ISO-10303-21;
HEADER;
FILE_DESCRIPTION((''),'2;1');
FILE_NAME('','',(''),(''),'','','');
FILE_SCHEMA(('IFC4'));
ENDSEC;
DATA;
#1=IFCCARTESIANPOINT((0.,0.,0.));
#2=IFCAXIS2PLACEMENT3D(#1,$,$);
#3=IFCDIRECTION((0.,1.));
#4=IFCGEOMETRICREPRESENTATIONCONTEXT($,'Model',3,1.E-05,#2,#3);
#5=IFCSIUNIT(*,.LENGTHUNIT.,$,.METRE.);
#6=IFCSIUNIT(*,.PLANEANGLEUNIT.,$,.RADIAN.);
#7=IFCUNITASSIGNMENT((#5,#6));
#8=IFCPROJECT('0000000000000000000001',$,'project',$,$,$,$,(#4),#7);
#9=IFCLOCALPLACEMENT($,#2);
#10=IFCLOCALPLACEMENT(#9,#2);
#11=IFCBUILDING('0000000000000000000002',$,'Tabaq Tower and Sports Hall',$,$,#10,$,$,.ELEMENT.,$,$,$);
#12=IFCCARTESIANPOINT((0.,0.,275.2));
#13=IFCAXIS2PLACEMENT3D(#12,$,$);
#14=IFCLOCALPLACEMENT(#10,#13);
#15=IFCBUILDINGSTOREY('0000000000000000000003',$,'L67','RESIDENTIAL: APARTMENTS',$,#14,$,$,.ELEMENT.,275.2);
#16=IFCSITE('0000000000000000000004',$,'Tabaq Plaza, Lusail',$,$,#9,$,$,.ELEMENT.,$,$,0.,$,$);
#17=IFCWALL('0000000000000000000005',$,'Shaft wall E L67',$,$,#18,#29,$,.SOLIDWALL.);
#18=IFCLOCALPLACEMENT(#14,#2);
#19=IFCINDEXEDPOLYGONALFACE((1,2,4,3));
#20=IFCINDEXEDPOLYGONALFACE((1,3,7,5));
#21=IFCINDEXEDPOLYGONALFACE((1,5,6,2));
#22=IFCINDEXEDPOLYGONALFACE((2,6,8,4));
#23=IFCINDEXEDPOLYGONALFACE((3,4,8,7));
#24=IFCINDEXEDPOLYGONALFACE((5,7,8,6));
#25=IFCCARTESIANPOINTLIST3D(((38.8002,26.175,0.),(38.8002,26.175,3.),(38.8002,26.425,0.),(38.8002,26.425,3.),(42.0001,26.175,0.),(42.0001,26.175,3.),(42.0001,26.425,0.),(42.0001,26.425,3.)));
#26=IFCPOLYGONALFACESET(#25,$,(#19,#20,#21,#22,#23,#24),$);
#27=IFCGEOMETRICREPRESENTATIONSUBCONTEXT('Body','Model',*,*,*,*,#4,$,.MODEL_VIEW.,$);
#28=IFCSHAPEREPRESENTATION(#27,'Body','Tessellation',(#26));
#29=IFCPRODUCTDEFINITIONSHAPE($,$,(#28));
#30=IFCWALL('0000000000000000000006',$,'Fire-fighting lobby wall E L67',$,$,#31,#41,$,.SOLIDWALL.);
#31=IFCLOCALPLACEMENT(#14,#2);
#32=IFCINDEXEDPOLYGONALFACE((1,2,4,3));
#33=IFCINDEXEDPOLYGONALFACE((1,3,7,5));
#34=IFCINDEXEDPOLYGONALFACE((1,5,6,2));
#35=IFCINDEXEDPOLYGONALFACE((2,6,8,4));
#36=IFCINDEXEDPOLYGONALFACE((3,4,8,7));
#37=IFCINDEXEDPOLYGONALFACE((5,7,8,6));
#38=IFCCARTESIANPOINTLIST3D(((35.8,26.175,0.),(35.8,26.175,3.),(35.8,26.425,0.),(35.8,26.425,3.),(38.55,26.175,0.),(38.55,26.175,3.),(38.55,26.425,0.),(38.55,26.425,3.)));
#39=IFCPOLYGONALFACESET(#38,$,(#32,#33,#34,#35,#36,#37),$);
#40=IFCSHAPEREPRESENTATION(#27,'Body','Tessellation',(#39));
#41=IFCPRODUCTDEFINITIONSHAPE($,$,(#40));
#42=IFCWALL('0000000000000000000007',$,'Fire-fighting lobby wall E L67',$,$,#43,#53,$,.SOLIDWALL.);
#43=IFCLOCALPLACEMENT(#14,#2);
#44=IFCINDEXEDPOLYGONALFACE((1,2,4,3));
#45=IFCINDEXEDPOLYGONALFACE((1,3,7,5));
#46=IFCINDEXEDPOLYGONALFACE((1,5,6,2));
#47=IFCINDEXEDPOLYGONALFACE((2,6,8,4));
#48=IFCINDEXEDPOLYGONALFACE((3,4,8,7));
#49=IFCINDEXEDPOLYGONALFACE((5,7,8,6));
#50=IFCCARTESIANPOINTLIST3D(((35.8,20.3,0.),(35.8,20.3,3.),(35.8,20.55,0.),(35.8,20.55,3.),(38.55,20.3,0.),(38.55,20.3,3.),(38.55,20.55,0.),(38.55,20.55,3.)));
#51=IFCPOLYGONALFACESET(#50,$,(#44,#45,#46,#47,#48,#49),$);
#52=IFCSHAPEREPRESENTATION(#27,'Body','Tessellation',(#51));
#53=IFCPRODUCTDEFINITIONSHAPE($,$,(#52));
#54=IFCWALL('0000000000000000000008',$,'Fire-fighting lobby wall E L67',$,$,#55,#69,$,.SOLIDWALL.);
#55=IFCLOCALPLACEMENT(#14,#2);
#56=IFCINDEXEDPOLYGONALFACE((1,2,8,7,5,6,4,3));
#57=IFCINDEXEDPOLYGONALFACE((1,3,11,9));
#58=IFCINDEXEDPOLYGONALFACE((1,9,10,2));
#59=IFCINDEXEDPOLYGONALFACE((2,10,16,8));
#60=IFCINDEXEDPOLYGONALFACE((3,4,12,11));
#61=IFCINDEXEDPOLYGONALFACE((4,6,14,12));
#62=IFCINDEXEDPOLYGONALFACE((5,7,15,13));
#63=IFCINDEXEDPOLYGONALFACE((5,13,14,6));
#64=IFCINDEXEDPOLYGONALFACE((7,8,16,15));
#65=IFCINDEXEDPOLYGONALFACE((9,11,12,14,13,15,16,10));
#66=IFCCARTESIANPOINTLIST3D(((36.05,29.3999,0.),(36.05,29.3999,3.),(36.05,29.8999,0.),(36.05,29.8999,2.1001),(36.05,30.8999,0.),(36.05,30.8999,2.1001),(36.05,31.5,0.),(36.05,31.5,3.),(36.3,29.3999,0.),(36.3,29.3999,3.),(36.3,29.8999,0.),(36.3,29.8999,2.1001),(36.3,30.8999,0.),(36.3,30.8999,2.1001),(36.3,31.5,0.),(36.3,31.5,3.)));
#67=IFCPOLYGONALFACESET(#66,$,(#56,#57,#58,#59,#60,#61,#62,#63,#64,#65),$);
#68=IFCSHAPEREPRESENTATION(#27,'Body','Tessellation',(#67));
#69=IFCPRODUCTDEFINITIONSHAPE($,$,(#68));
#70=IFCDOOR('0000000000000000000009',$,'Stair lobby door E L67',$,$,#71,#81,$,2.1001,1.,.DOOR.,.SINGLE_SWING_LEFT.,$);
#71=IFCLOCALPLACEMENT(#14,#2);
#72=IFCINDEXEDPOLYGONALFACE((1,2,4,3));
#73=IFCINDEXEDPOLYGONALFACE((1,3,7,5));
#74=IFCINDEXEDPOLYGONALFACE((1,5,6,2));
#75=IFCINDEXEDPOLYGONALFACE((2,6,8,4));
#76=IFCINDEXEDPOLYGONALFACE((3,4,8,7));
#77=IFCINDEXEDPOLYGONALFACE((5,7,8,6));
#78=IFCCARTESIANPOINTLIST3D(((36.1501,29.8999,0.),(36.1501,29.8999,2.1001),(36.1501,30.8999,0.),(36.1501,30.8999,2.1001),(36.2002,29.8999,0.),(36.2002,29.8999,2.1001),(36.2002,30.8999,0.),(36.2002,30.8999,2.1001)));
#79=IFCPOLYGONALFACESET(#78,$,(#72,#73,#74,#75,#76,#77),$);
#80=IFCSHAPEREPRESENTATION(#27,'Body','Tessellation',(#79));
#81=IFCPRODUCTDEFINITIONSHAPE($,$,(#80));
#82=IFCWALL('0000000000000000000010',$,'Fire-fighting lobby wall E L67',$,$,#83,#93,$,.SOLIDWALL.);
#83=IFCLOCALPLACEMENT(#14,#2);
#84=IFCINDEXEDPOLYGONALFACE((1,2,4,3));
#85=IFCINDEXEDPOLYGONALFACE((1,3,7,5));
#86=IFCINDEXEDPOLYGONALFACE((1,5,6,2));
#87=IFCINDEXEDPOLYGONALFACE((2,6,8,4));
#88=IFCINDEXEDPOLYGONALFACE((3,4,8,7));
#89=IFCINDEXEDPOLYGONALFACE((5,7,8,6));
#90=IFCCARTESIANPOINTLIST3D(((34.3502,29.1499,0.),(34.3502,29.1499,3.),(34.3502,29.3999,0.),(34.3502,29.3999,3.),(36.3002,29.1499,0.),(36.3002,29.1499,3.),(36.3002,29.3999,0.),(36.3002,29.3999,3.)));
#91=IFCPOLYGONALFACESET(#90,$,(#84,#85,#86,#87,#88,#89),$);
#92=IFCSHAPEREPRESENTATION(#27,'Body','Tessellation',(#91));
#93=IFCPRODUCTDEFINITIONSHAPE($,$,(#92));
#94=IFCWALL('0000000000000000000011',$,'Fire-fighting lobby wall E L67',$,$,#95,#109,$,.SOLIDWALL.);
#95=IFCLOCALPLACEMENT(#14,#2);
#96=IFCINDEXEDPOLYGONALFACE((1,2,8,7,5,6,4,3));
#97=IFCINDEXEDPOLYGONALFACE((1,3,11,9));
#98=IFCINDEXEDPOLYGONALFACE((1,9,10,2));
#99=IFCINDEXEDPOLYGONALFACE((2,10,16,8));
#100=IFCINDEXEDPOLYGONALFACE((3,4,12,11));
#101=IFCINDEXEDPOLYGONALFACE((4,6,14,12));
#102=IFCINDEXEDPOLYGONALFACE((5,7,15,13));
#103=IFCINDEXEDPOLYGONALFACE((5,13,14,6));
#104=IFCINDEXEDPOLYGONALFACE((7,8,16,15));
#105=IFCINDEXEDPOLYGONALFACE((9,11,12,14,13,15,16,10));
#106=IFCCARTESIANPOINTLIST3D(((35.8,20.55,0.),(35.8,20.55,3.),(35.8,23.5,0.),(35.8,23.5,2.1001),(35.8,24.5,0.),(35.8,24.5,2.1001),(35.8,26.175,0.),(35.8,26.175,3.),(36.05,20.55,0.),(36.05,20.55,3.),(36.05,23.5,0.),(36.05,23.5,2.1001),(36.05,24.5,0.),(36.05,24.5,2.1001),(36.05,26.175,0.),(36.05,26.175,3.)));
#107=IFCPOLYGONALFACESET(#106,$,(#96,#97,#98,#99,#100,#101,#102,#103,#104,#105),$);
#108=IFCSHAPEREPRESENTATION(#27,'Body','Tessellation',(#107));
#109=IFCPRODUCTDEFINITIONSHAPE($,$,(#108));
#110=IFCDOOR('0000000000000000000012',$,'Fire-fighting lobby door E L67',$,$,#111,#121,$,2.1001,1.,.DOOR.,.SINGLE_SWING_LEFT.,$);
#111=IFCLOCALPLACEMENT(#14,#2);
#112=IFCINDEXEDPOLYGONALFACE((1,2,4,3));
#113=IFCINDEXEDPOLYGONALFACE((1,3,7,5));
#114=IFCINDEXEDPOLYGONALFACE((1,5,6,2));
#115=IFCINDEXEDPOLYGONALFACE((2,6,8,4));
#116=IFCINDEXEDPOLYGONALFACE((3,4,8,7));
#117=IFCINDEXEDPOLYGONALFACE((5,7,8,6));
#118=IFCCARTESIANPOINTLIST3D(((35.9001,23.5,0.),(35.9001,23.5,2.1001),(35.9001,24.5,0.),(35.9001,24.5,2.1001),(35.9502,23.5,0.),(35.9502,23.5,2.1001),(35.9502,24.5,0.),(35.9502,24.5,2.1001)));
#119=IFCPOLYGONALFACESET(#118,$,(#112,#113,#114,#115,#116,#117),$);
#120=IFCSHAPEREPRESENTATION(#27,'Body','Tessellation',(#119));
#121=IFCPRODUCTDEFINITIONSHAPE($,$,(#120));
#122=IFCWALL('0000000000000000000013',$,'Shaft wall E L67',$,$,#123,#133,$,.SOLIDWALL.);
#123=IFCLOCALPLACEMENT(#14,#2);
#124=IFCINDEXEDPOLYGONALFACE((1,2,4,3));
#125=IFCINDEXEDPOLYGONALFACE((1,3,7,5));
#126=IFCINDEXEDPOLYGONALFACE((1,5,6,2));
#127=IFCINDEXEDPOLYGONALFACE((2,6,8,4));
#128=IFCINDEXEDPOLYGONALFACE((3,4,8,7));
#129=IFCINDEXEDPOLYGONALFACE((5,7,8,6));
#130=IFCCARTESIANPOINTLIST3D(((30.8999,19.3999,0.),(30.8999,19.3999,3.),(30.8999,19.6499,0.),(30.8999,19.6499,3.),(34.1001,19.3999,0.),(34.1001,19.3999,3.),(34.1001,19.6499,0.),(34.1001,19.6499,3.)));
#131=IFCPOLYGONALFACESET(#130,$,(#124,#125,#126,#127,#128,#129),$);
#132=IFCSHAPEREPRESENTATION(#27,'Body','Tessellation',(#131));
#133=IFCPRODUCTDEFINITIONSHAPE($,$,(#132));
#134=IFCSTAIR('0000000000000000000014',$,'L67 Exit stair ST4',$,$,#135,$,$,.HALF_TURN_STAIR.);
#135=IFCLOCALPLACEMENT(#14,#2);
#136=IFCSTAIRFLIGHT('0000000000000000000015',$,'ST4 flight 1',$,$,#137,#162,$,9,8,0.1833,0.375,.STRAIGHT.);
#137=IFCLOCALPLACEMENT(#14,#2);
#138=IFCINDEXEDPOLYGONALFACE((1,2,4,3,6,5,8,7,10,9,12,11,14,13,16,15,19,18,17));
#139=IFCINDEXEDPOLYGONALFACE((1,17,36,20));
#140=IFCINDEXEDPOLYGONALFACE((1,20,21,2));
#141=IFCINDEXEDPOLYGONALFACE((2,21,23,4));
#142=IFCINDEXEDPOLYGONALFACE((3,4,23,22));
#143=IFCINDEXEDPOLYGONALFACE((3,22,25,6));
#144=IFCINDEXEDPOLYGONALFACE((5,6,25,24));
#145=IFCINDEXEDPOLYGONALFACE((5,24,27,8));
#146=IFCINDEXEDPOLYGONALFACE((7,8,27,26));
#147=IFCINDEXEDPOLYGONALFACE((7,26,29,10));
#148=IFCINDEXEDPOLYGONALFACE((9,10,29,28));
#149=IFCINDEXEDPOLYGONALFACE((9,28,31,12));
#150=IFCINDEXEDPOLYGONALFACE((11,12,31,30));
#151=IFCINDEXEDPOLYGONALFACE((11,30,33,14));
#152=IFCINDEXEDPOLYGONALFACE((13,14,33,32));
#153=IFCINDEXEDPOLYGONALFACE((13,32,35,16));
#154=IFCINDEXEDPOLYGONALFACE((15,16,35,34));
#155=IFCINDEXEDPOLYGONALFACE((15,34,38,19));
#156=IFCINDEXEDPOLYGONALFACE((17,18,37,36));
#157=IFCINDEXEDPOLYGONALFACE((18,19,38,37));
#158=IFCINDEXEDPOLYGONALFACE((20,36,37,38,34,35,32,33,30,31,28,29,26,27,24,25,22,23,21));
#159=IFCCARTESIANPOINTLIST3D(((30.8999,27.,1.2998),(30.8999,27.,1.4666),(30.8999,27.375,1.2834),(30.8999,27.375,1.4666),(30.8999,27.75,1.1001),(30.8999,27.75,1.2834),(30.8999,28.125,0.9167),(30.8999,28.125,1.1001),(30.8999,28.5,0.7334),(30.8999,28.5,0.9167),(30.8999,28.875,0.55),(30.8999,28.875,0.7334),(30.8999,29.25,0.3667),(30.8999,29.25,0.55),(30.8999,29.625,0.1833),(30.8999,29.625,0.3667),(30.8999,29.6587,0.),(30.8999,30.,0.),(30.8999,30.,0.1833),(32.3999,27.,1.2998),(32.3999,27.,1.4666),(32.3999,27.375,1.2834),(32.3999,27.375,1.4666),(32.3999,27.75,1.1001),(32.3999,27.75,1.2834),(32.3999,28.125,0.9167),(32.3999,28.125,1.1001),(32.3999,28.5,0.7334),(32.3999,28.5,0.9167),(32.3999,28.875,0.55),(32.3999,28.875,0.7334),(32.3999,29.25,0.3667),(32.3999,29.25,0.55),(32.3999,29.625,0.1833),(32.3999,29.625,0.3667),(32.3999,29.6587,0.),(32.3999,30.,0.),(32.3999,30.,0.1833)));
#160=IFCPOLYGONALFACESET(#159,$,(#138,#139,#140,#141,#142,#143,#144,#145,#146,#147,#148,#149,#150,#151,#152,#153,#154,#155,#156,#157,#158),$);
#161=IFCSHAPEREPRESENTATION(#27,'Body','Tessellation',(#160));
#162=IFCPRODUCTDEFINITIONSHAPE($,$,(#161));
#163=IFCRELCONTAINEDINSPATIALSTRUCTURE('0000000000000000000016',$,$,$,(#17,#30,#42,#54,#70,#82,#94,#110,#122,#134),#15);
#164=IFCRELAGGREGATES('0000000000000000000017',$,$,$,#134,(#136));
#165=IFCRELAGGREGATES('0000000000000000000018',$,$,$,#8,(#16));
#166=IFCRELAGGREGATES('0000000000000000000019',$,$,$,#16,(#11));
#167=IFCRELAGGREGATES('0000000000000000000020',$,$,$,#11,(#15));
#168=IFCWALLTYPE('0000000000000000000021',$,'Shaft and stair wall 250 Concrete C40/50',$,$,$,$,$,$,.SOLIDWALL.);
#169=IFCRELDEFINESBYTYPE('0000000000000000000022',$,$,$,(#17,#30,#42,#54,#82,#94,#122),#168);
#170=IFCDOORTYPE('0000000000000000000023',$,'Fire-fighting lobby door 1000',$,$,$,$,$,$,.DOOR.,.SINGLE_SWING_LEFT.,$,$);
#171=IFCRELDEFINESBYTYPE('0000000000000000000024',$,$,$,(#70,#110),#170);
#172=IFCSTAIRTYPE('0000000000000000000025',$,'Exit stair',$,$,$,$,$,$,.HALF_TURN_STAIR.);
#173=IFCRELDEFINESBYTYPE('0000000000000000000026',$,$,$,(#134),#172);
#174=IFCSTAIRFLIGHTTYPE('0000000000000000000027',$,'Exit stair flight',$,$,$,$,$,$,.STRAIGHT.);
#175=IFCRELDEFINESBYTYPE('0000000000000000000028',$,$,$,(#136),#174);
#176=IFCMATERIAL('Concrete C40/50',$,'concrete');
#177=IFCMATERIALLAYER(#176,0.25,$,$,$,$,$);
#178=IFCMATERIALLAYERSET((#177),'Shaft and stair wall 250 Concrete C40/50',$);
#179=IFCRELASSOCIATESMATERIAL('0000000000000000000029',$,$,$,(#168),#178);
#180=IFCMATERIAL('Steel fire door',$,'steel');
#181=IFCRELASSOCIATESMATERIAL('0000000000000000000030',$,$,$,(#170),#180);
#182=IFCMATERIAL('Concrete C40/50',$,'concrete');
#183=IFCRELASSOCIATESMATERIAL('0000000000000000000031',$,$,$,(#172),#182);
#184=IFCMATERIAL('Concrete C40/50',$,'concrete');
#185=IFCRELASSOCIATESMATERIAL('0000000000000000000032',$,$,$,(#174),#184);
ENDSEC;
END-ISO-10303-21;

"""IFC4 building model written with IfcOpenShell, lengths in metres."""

from ifc_helpers import new_model, si_unit, direction, frame, frame_2d, origin, place, context, subcontext, project, spatial, polyline, rectangle, outline, extrude, material, layer, layer_set, type_object, element, fill, aggregate, save


model = new_model("IFC4")

# Units and contexts
model_context = context("Model", 3, precision=1e-05, world=origin(), true_north=direction((0.0, 1.0)))
body_context = subcontext(model_context, "Body", "Model", "MODEL_VIEW")
ifc_project = project(units=[si_unit("LENGTHUNIT", "METRE"), si_unit("PLANEANGLEUNIT", "RADIAN")], contexts=[model_context])

# Site, building, storey
site_placement = place(None, origin())
site = spatial("IfcSite", under=ifc_project, at=site_placement, Name="Tabaq Plaza, Lusail", CompositionType="ELEMENT", RefElevation=0.0)
building_placement = place(site_placement, origin())
building = spatial("IfcBuilding", under=site, at=building_placement, Name="Tabaq Tower and Sports Hall", CompositionType="ELEMENT")
storey_placement = place(building_placement, frame((0.0, 0.0, 275.2)))
storey = spatial("IfcBuildingStorey", under=building, at=storey_placement, Name="L67", Description="RESIDENTIAL: APARTMENTS", CompositionType="ELEMENT", Elevation=275.2)

# Shared definitions
ifc_material_1 = material(Name="Concrete C40/50", Category="concrete")
ifc_layer_1 = layer(ifc_material_1, 0.25)
ifc_layer_set_1 = layer_set([ifc_layer_1], Name="Shaft and stair wall 250 Concrete C40/50")
wall_type_1 = type_object("IfcWallType", Name="Shaft and stair wall 250 Concrete C40/50", PredefinedType="SOLIDWALL", material=ifc_layer_set_1)

# Walls
wall_1_placement = place(storey_placement, frame((38.8, 26.3, 0.0), z_axis=(0.0, 0.0, 1.0), x_axis=(1.0, 0.0, 0.0)))
element("IfcWall", 1, at=wall_1_placement, inside=storey, type_object=wall_type_1, Name="Shaft wall E L67", PredefinedType="SOLIDWALL", context=body_context, shape_type="SweptSolid", body=[
    extrude(rectangle(XDim=3.2, YDim=0.25, at=frame_2d((1.6001, 0.0))), origin(), (0.0, 0.0, 1.0), 3.0),
])
for number, where, z_axis, x_axis, name in (
    (2, (35.8, 26.3, 0.0), (0.0, 0.0, 1.0), (1.0, 0.0, 0.0), "Fire-fighting lobby wall E L67"),
    (3, (35.8, 20.425, 0.0), (0.0, 0.0, 1.0), (1.0, 0.0, 0.0), "Fire-fighting lobby wall E L67"),
):
    element("IfcWall", number, at=place(storey_placement, frame(where, z_axis=z_axis, x_axis=x_axis)), inside=storey, type_object=wall_type_1, Name=name, PredefinedType="SOLIDWALL", context=body_context, shape_type="SweptSolid", body=[
        extrude(rectangle(XDim=2.75, YDim=0.25, at=frame_2d((1.375, 0.0))), origin(), (0.0, 0.0, 1.0), 3.0),
    ])

# Wall, opening, door
wall_2_placement = place(storey_placement, frame((36.175, 29.3999, 0.0), z_axis=(0.0, 0.0, 1.0), x_axis=(0.0, 1.0, 0.0)))
wall_2 = element("IfcWall", 4, at=wall_2_placement, inside=storey, type_object=wall_type_1, Name="Fire-fighting lobby wall E L67", PredefinedType="SOLIDWALL", context=body_context, shape_type="SweptSolid", body=[
    extrude(rectangle(XDim=2.1001, YDim=0.25, at=frame_2d((1.05, 0.0))), origin(), (0.0, 0.0, 1.0), 3.0),
])
opening_1_placement = place(wall_2_placement, frame((0.5, 0.0, 0.0)))
opening_1 = element("IfcOpeningElement", 5, at=opening_1_placement, cuts=wall_2, PredefinedType="OPENING", context=body_context, shape_type="SweptSolid", body=[
    extrude(rectangle(XDim=1.0, YDim=2.1001, at=frame_2d((0.5, 1.05))), frame((0.0, 0.125, 0.0), z_axis=(0.0, -1.0, 0.0), x_axis=(1.0, 0.0, 0.0)), (0.0, 0.0, 1.0), 0.25),
])
ifc_material_2 = material(Name="Steel fire door", Category="steel")
door_type_1 = type_object("IfcDoorType", Name="Fire-fighting lobby door 1000", OperationType="SINGLE_SWING_LEFT", PredefinedType="DOOR", material=ifc_material_2)
door_1_placement = place(opening_1_placement, origin())
door_1 = element("IfcDoor", 6, at=door_1_placement, inside=storey, type_object=door_type_1, Name="Stair lobby door E L67", OperationType="SINGLE_SWING_LEFT", OverallHeight=2.1001, OverallWidth=1.0, PredefinedType="DOOR", context=body_context, shape_type="SweptSolid", body=[
    extrude(rectangle(XDim=1.0, YDim=2.1001, at=frame_2d((0.5, 1.05))), frame((0.0, 0.0249, 0.0), z_axis=(0.0, -1.0, 0.0), x_axis=(1.0, 0.0, 0.0)), (0.0, 0.0, 1.0), 0.05),
])
fill(opening_1, door_1)

# Wall
wall_3_placement = place(storey_placement, frame((34.3501, 29.2749, 0.0), z_axis=(0.0, 0.0, 1.0), x_axis=(1.0, 0.0, 0.0)))
element("IfcWall", 7, at=wall_3_placement, inside=storey, type_object=wall_type_1, Name="Fire-fighting lobby wall E L67", PredefinedType="SOLIDWALL", context=body_context, shape_type="SweptSolid", body=[
    extrude(rectangle(XDim=1.95, YDim=0.25, at=frame_2d((0.9751, 0.0))), origin(), (0.0, 0.0, 1.0), 3.0),
])

# Wall, opening, door
wall_4_placement = place(storey_placement, frame((35.925, 20.55, 0.0), z_axis=(0.0, 0.0, 1.0), x_axis=(0.0, 1.0, 0.0)))
wall_4 = element("IfcWall", 8, at=wall_4_placement, inside=storey, type_object=wall_type_1, Name="Fire-fighting lobby wall E L67", PredefinedType="SOLIDWALL", context=body_context, shape_type="SweptSolid", body=[
    extrude(rectangle(XDim=5.625, YDim=0.25, at=frame_2d((2.8125, 0.0))), origin(), (0.0, 0.0, 1.0), 3.0),
])
opening_2_placement = place(wall_4_placement, frame((2.95, 0.0, 0.0)))
opening_2 = element("IfcOpeningElement", 9, at=opening_2_placement, cuts=wall_4, PredefinedType="OPENING", context=body_context, shape_type="SweptSolid", body=[
    extrude(rectangle(XDim=1.0, YDim=2.1001, at=frame_2d((0.5, 1.05))), frame((0.0, 0.125, 0.0), z_axis=(0.0, -1.0, 0.0), x_axis=(1.0, 0.0, 0.0)), (0.0, 0.0, 1.0), 0.25),
])
door_2_placement = place(opening_2_placement, origin())
door_2 = element("IfcDoor", 10, at=door_2_placement, inside=storey, type_object=door_type_1, Name="Fire-fighting lobby door E L67", OperationType="SINGLE_SWING_LEFT", OverallHeight=2.1001, OverallWidth=1.0, PredefinedType="DOOR", context=body_context, shape_type="SweptSolid", body=[
    extrude(rectangle(XDim=1.0, YDim=2.1001, at=frame_2d((0.5, 1.05))), frame((0.0, 0.0249, 0.0), z_axis=(0.0, -1.0, 0.0), x_axis=(1.0, 0.0, 0.0)), (0.0, 0.0, 1.0), 0.05),
])
fill(opening_2, door_2)

# Wall
wall_5_placement = place(storey_placement, frame((30.8999, 19.5249, 0.0), z_axis=(0.0, 0.0, 1.0), x_axis=(1.0, 0.0, 0.0)))
element("IfcWall", 11, at=wall_5_placement, inside=storey, type_object=wall_type_1, Name="Shaft wall E L67", PredefinedType="SOLIDWALL", context=body_context, shape_type="SweptSolid", body=[
    extrude(rectangle(XDim=3.2002, YDim=0.25, at=frame_2d((1.6001, 0.0))), origin(), (0.0, 0.0, 1.0), 3.0),
])

# Stair, stair flight
ifc_material_3 = material(Name="Concrete C40/50", Category="concrete")
stair_type = type_object("IfcStairType", Name="Exit stair", PredefinedType="HALF_TURN_STAIR", material=ifc_material_3)
stair_placement = place(storey_placement, origin())
stair = element("IfcStair", 12, at=stair_placement, inside=storey, type_object=stair_type, Name="L67 Exit stair ST4", PredefinedType="HALF_TURN_STAIR")
ifc_material_4 = material(Name="Concrete C40/50", Category="concrete")
stair_flight_type = type_object("IfcStairFlightType", Name="Exit stair flight", PredefinedType="STRAIGHT", material=ifc_material_4)
stair_flight_1_placement = place(storey_placement, frame((31.6499, 30.0, 0.0), z_axis=(0.0, 0.0, 1.0), x_axis=(0.0, -1.0, 0.0)))
stair_flight_1 = element("IfcStairFlight", 13, at=stair_flight_1_placement, type_object=stair_flight_type, Name="ST4 flight 1", NumberOfRisers=9, NumberOfTreads=8, PredefinedType="STRAIGHT", RiserHeight=0.1833, TreadLength=0.375, context=body_context, shape_type="SweptSolid", body=[
    extrude(outline(polyline([(0.0, 0.0), (0.0, 0.1833), (0.375, 0.1833), (0.375, 0.3667), (0.75, 0.3667), (0.75, 0.55), (1.125, 0.55), (1.125, 0.7334), (1.5, 0.7334), (1.5, 0.9167), (1.875, 0.9167), (1.875, 1.1001), (2.25, 1.1001), (2.25, 1.2834), (2.625, 1.2834), (2.625, 1.4666), (3.0, 1.4666), (3.0, 1.6499), (3.0, 1.2998), (0.3413, 0.0), (0.0, 0.0)])), frame((0.0, 0.75, 0.0), z_axis=(0.0, -1.0, 0.0), x_axis=(1.0, 0.0, 0.0)), (0.0, 0.0, 1.0), 1.5),
])
aggregate(stair, [stair_flight_1])

save(model, "model.ifc")
